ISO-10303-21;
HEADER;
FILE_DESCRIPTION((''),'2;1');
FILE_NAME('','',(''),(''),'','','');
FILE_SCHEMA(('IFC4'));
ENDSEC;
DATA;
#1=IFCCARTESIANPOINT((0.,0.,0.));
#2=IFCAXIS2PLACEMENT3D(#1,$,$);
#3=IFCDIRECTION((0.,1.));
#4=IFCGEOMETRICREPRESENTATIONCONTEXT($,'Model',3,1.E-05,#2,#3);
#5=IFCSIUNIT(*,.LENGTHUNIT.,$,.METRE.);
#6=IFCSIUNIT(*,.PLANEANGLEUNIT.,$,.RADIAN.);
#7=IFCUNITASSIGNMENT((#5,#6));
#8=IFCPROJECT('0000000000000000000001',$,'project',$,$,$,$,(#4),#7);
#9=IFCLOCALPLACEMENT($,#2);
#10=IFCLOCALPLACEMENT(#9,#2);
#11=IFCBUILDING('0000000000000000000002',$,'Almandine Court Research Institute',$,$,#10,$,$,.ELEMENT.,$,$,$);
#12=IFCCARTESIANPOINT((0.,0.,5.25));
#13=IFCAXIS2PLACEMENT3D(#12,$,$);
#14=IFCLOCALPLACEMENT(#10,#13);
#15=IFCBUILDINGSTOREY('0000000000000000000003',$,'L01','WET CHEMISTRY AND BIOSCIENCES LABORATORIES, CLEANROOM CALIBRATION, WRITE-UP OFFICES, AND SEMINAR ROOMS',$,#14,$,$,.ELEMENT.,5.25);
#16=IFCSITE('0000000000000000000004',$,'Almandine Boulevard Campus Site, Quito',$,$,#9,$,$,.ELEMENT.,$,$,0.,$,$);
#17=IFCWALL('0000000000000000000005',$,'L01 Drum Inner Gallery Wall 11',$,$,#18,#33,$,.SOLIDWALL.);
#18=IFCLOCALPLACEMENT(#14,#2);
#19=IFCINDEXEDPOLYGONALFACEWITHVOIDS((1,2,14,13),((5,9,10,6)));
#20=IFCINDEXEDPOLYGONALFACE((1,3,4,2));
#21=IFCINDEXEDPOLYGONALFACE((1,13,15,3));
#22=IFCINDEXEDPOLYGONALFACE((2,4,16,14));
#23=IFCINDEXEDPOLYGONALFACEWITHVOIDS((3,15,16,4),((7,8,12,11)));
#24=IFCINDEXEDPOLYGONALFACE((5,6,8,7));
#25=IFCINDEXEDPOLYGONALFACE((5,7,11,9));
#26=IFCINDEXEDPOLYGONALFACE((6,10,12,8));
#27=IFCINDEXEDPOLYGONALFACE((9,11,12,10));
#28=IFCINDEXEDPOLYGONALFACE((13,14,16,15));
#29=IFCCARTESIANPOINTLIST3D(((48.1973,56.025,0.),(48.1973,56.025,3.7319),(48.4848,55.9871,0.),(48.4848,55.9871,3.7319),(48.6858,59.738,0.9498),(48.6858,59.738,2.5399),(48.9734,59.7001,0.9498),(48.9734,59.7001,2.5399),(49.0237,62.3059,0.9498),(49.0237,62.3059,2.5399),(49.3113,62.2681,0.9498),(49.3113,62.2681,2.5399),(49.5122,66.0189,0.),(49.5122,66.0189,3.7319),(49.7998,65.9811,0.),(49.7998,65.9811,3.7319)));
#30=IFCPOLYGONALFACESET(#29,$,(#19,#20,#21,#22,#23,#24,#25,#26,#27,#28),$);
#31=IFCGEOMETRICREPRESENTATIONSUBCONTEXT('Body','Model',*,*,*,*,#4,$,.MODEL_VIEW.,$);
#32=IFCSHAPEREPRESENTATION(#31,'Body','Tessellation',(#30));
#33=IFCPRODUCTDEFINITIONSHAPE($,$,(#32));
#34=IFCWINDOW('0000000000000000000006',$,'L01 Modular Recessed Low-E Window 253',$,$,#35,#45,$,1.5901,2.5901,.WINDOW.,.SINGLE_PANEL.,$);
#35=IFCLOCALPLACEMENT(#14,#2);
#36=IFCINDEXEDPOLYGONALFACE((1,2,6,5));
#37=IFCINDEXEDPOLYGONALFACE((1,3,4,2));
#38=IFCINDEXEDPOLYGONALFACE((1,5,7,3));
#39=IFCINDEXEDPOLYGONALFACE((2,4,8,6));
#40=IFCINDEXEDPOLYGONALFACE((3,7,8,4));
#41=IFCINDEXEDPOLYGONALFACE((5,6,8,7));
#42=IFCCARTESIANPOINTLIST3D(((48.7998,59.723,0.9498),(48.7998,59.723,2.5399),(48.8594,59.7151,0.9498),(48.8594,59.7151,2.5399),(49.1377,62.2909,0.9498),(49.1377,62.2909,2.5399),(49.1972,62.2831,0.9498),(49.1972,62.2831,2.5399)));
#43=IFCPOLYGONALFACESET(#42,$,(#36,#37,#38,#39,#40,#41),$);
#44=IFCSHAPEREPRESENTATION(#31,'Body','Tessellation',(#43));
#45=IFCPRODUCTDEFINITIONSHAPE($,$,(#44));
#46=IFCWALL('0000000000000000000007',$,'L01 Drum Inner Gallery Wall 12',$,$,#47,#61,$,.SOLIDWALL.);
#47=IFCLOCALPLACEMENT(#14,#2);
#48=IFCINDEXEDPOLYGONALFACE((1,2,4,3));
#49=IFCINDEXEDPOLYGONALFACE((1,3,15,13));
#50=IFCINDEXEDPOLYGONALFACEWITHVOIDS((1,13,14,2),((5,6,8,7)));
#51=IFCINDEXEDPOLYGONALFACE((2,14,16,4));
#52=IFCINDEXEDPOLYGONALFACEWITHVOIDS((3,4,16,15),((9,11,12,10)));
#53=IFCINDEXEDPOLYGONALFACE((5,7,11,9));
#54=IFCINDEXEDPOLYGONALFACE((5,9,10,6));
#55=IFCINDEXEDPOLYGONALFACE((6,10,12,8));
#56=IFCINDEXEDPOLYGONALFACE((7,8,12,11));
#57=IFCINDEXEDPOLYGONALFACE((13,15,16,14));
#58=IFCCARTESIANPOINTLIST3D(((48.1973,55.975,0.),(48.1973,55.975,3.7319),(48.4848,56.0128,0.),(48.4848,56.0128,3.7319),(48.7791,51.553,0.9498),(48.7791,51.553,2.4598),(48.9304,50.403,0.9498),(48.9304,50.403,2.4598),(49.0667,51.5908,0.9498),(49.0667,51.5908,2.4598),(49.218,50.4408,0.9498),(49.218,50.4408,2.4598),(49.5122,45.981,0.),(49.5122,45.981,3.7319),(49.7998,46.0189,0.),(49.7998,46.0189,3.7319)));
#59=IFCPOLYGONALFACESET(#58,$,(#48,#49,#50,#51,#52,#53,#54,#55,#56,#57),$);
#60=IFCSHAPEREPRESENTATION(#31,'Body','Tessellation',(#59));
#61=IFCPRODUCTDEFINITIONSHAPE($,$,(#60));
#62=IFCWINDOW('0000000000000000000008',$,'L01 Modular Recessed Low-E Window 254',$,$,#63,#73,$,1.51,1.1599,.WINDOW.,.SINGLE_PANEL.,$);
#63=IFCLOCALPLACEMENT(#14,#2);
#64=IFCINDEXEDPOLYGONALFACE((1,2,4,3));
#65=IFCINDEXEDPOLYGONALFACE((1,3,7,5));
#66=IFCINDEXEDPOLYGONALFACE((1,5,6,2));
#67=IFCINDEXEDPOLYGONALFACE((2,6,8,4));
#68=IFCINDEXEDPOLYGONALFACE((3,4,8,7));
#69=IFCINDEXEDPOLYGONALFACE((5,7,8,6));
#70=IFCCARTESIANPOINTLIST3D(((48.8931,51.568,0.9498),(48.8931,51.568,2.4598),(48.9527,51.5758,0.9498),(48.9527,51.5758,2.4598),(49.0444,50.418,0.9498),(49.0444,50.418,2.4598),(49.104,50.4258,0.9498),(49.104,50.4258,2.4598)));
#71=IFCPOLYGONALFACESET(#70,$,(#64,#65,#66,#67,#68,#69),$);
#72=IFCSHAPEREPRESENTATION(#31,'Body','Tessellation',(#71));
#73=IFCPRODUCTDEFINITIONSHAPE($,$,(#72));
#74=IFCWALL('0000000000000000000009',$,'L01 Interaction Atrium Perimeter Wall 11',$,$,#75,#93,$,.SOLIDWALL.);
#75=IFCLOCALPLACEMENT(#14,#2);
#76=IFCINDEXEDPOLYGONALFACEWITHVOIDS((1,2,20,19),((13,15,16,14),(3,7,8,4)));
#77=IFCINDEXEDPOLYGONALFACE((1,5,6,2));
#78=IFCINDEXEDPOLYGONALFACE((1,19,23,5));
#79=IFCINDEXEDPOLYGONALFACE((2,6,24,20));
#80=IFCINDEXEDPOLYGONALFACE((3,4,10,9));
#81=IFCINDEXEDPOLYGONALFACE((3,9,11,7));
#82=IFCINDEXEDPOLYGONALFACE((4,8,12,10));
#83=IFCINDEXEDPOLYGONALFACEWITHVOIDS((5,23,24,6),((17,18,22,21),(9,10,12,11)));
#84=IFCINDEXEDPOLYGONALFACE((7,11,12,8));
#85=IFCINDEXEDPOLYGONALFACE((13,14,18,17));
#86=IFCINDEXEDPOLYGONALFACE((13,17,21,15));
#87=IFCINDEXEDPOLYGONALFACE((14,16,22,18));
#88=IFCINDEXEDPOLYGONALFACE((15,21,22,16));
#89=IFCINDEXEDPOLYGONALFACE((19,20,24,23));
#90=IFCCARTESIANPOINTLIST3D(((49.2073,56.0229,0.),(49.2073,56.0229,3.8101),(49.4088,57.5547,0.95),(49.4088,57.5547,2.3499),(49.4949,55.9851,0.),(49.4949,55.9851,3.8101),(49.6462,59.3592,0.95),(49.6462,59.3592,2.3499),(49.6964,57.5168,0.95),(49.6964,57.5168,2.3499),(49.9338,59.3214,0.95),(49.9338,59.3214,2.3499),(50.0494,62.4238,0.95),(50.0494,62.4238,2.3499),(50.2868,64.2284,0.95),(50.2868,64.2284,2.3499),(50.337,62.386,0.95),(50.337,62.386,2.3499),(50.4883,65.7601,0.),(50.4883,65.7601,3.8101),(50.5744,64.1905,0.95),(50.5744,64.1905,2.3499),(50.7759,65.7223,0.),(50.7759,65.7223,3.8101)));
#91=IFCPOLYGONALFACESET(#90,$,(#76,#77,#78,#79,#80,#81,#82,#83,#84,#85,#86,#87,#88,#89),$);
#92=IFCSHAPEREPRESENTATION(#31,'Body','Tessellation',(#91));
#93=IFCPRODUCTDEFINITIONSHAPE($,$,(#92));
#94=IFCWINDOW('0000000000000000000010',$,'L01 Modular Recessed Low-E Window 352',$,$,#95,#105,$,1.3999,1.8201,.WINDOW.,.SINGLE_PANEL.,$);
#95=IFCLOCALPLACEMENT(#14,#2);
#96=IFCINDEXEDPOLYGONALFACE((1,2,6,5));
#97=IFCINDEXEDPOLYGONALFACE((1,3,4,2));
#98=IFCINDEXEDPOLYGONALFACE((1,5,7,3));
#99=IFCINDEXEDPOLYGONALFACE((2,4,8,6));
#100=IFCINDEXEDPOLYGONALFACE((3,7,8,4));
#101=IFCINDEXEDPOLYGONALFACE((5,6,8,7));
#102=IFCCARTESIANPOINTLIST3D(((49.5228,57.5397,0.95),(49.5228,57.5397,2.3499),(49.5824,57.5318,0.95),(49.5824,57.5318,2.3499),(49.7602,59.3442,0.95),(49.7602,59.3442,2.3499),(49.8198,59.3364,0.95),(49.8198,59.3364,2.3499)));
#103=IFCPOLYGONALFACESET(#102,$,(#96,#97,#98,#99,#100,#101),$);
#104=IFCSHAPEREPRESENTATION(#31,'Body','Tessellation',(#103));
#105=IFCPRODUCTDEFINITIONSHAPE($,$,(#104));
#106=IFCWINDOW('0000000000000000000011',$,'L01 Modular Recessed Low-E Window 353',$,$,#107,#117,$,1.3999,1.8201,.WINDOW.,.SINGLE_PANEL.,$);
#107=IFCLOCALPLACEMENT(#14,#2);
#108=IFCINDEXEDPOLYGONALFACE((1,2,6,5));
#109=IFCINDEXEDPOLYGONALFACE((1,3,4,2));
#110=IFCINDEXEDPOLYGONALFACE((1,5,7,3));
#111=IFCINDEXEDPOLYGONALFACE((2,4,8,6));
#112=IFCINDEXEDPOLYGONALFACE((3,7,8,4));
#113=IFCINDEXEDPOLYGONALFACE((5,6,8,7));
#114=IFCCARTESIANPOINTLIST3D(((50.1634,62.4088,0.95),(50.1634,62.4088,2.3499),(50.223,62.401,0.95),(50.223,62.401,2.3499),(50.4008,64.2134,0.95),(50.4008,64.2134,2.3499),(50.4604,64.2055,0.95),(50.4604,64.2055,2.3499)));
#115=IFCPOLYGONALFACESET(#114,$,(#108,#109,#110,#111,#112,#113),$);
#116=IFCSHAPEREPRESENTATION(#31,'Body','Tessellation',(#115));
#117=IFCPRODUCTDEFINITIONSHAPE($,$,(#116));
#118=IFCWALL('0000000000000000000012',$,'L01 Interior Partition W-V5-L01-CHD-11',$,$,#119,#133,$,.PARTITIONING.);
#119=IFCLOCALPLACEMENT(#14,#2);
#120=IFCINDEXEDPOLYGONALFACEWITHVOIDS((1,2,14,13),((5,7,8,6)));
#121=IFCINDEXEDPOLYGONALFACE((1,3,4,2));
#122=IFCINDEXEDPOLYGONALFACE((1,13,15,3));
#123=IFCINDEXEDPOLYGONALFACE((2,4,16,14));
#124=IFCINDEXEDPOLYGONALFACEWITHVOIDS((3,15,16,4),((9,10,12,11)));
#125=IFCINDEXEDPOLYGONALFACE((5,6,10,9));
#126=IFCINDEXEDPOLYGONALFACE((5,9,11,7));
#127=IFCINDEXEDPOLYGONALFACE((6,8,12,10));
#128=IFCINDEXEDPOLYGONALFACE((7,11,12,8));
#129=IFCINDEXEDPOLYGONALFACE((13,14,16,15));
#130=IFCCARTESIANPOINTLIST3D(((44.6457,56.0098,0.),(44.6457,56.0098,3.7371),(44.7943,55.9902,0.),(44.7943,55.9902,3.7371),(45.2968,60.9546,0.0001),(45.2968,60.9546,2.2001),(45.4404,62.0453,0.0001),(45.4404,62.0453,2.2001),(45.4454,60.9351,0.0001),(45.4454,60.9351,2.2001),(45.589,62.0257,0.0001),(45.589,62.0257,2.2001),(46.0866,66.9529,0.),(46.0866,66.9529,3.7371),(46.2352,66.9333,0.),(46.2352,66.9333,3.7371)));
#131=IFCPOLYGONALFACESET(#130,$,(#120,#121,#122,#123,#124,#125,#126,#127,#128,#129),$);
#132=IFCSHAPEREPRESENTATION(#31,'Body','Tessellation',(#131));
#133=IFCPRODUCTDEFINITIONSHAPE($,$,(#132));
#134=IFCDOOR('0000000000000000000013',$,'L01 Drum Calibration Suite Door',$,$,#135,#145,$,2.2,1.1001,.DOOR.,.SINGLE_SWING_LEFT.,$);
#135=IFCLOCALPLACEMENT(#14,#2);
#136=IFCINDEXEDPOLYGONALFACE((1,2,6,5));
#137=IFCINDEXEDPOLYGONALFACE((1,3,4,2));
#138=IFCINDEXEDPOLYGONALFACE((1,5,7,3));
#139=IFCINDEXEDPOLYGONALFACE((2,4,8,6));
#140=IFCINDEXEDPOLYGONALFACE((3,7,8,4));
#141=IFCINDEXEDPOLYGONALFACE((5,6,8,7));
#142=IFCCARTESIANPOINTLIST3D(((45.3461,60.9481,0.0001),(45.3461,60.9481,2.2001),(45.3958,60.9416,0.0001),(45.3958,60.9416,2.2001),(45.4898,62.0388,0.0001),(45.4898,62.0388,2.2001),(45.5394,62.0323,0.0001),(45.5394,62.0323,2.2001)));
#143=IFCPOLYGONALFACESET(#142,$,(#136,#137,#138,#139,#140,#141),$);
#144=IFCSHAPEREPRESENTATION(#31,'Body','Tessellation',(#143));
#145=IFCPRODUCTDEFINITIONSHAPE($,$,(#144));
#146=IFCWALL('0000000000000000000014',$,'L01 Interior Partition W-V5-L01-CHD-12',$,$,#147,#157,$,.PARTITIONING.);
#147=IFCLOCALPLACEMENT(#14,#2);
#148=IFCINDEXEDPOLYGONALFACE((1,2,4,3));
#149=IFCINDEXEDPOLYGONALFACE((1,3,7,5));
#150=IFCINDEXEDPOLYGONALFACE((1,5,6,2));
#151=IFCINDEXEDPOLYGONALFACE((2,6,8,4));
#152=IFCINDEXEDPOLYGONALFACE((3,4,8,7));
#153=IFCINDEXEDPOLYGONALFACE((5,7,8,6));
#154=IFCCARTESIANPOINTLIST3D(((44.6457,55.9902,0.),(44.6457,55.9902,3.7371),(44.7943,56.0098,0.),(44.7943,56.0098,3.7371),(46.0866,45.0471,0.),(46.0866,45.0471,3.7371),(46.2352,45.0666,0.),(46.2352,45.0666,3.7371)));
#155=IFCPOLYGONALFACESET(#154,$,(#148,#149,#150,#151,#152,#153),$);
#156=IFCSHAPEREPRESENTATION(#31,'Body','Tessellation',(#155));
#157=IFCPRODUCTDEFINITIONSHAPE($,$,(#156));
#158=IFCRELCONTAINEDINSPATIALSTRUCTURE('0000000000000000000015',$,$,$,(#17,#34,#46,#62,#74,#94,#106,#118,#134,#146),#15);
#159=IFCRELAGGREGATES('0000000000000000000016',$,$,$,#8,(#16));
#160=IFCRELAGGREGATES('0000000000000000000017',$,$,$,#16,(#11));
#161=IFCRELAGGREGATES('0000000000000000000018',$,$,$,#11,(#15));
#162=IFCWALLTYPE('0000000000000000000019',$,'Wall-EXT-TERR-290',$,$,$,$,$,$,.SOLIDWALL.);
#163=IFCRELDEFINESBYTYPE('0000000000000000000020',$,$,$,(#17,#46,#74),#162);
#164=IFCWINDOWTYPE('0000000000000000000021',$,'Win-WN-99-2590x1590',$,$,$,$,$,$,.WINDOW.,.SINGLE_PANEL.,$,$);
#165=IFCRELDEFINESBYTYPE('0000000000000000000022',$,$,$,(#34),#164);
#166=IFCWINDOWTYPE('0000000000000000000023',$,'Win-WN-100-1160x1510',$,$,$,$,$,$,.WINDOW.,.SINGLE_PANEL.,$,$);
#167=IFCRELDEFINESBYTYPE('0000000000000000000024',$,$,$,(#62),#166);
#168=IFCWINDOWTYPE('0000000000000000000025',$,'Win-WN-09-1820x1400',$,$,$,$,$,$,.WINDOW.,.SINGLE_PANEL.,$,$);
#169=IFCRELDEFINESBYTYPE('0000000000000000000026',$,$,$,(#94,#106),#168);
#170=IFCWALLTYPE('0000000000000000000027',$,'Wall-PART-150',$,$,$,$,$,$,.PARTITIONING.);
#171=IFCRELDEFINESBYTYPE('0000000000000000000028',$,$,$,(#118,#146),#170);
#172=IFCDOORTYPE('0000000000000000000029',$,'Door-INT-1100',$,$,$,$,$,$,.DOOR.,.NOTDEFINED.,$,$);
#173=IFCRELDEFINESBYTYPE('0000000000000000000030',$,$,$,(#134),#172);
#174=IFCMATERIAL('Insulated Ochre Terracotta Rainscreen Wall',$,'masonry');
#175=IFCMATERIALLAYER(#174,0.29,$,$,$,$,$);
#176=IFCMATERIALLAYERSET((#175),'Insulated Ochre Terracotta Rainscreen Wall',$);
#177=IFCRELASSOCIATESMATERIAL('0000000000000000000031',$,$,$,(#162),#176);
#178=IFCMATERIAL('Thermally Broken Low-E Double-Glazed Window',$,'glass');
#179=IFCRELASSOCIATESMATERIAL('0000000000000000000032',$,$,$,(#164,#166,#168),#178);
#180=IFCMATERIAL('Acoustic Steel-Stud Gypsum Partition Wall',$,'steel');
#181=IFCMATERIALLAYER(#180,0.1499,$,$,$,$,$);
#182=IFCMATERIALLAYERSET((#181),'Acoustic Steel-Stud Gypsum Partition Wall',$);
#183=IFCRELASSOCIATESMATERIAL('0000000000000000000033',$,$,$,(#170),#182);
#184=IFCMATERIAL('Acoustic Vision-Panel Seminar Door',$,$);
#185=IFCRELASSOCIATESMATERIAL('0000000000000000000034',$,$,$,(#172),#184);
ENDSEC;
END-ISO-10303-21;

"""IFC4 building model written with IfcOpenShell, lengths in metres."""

from ifc_helpers import new_model, si_unit, direction, frame, frame_2d, origin, place, context, subcontext, project, spatial, rectangle, extrude, material, layer, layer_set, type_object, element, fill, save


model = new_model("IFC4")

# Units and contexts
model_context = context("Model", 3, precision=1e-05, world=origin(), true_north=direction((0.0, 1.0)))
body_context = subcontext(model_context, "Body", "Model", "MODEL_VIEW")
ifc_project = project(units=[si_unit("LENGTHUNIT", "METRE"), si_unit("PLANEANGLEUNIT", "RADIAN")], contexts=[model_context])

# Site, building, storey
site_placement = place(None, origin())
site = spatial("IfcSite", under=ifc_project, at=site_placement, Name="Almandine Boulevard Campus Site, Quito", CompositionType="ELEMENT", RefElevation=0.0)
building_placement = place(site_placement, origin())
building = spatial("IfcBuilding", under=site, at=building_placement, Name="Almandine Court Research Institute", CompositionType="ELEMENT")
storey_placement = place(building_placement, frame((0.0, 0.0, 5.25)))
storey = spatial("IfcBuildingStorey", under=building, at=storey_placement, Name="L01", Description="WET CHEMISTRY AND BIOSCIENCES LABORATORIES, CLEANROOM CALIBRATION, WRITE-UP OFFICES, AND SEMINAR ROOMS", CompositionType="ELEMENT", Elevation=5.25)

# Walls, openings, windows
ifc_material_1 = material(Name="Insulated Ochre Terracotta Rainscreen Wall", Category="masonry")
ifc_layer_1 = layer(ifc_material_1, 0.29)
ifc_layer_set_1 = layer_set([ifc_layer_1], Name="Insulated Ochre Terracotta Rainscreen Wall")
wall_type_1 = type_object("IfcWallType", Name="Wall-EXT-TERR-290", PredefinedType="SOLIDWALL", material=ifc_layer_set_1)
wall_1_placement = place(storey_placement, frame((49.656, 66.0, 0.0), z_axis=(0.0, 0.0, 1.0), x_axis=(-0.13045, -0.991455, 0.0)))
wall_1 = element("IfcWall", 1, at=wall_1_placement, inside=storey, type_object=wall_type_1, Name="L01 Drum Inner Gallery Wall 11", PredefinedType="SOLIDWALL", context=body_context, shape_type="SweptSolid", body=[
    extrude(rectangle(XDim=10.0801, YDim=0.29, at=frame_2d((5.04, 0.0))), origin(), (0.0, 0.0, 1.0), 3.7319),
])
opening_1_placement = place(wall_1_placement, frame((3.7451, 0.0, 0.95)))
opening_1 = element("IfcOpeningElement", 2, at=opening_1_placement, cuts=wall_1, PredefinedType="OPENING", context=body_context, shape_type="SweptSolid", body=[
    extrude(rectangle(XDim=2.5901, YDim=1.5901, at=frame_2d((1.2949, 0.7949))), frame((0.0, 0.155, 0.0), z_axis=(0.0, -1.0, 0.0), x_axis=(1.0, 0.0, 0.0)), (0.0, 0.0, 1.0), 0.3101),
])
ifc_material_2 = material(Name="Thermally Broken Low-E Double-Glazed Window", Category="glass")
window_type_1 = type_object("IfcWindowType", Name="Win-WN-99-2590x1590", PartitioningType="SINGLE_PANEL", PredefinedType="WINDOW", material=ifc_material_2)
window_1_placement = place(opening_1_placement, origin())
window_1 = element("IfcWindow", 3, at=window_1_placement, inside=storey, type_object=window_type_1, Name="L01 Modular Recessed Low-E Window 253", OverallHeight=1.5901, OverallWidth=2.5901, PartitioningType="SINGLE_PANEL", PredefinedType="WINDOW", context=body_context, shape_type="SweptSolid", body=[
    extrude(rectangle(XDim=2.5901, YDim=1.5901, at=frame_2d((1.2949, 0.7949))), frame((0.0, 0.03, 0.0), z_axis=(0.0, -1.0, 0.0), x_axis=(1.0, 0.0, 0.0)), (0.0, 0.0, 1.0), 0.0601),
])
fill(opening_1, window_1)
wall_2_placement = place(storey_placement, frame((48.3411, 55.9939, 0.0), z_axis=(0.0, 0.0, 1.0), x_axis=(0.13045, -0.991455, 0.0)))
wall_2 = element("IfcWall", 4, at=wall_2_placement, inside=storey, type_object=wall_type_1, Name="L01 Drum Inner Gallery Wall 12", PredefinedType="SOLIDWALL", context=body_context, shape_type="SweptSolid", body=[
    extrude(rectangle(XDim=10.0801, YDim=0.29, at=frame_2d((5.04, 0.0))), origin(), (0.0, 0.0, 1.0), 3.7319),
])
opening_2_placement = place(wall_2_placement, frame((4.46, 0.0, 0.95)))
opening_2 = element("IfcOpeningElement", 5, at=opening_2_placement, cuts=wall_2, PredefinedType="OPENING", context=body_context, shape_type="SweptSolid", body=[
    extrude(rectangle(XDim=1.1599, YDim=1.51, at=frame_2d((0.5801, 0.7549))), frame((0.0, 0.155, 0.0), z_axis=(0.0, -1.0, 0.0), x_axis=(1.0, 0.0, 0.0)), (0.0, 0.0, 1.0), 0.3101),
])
window_type_2 = type_object("IfcWindowType", Name="Win-WN-100-1160x1510", PartitioningType="SINGLE_PANEL", PredefinedType="WINDOW", material=ifc_material_2)
window_2_placement = place(opening_2_placement, origin())
window_2 = element("IfcWindow", 6, at=window_2_placement, inside=storey, type_object=window_type_2, Name="L01 Modular Recessed Low-E Window 254", OverallHeight=1.51, OverallWidth=1.1599, PartitioningType="SINGLE_PANEL", PredefinedType="WINDOW", context=body_context, shape_type="SweptSolid", body=[
    extrude(rectangle(XDim=1.1599, YDim=1.51, at=frame_2d((0.5801, 0.7549))), frame((0.0, 0.03, 0.0), z_axis=(0.0, -1.0, 0.0), x_axis=(1.0, 0.0, 0.0)), (0.0, 0.0, 1.0), 0.0601),
])
fill(opening_2, window_2)

# Wall, openings, windows
wall_3_placement = place(storey_placement, frame((49.3511, 56.0039, 0.0), z_axis=(0.0, 0.0, 1.0), x_axis=(0.130436, 0.991457, 0.0)))
wall_3 = element("IfcWall", 7, at=wall_3_placement, inside=storey, type_object=wall_type_1, Name="L01 Interaction Atrium Perimeter Wall 11", PredefinedType="SOLIDWALL", context=body_context, shape_type="SweptSolid", body=[
    extrude(rectangle(XDim=9.821, YDim=0.29, at=frame_2d((4.9106, 0.0))), origin(), (0.0, 0.0, 1.0), 3.8101),
])
opening_3_placement = place(wall_3_placement, frame((1.5449, 0.0, 0.95)))
opening_3 = element("IfcOpeningElement", 8, at=opening_3_placement, cuts=wall_3, PredefinedType="OPENING", context=body_context, shape_type="SweptSolid", body=[
    extrude(rectangle(XDim=1.8201, YDim=1.3999, at=frame_2d((0.9102, 0.7))), frame((0.0, 0.155, 0.0), z_axis=(0.0, -1.0, 0.0), x_axis=(1.0, 0.0, 0.0)), (0.0, 0.0, 1.0), 0.3101),
])
opening_4_placement = place(wall_3_placement, frame((6.4561, 0.0, 0.95)))
opening_4 = element("IfcOpeningElement", 9, at=opening_4_placement, cuts=wall_3, PredefinedType="OPENING", context=body_context, shape_type="SweptSolid", body=[
    extrude(rectangle(XDim=1.8201, YDim=1.3999, at=frame_2d((0.9102, 0.7))), frame((0.0, 0.155, 0.0), z_axis=(0.0, -1.0, 0.0), x_axis=(1.0, 0.0, 0.0)), (0.0, 0.0, 1.0), 0.3101),
])
window_type_3 = type_object("IfcWindowType", Name="Win-WN-09-1820x1400", PartitioningType="SINGLE_PANEL", PredefinedType="WINDOW", material=ifc_material_2)
window_3_placement = place(opening_3_placement, origin())
window_3 = element("IfcWindow", 10, at=window_3_placement, inside=storey, type_object=window_type_3, Name="L01 Modular Recessed Low-E Window 352", OverallHeight=1.3999, OverallWidth=1.8201, PartitioningType="SINGLE_PANEL", PredefinedType="WINDOW", context=body_context, shape_type="SweptSolid", body=[
    extrude(rectangle(XDim=1.8201, YDim=1.3999, at=frame_2d((0.9102, 0.7))), frame((0.0, 0.03, 0.0), z_axis=(0.0, -1.0, 0.0), x_axis=(1.0, 0.0, 0.0)), (0.0, 0.0, 1.0), 0.0601),
])
fill(opening_3, window_3)
window_4_placement = place(opening_4_placement, origin())
window_4 = element("IfcWindow", 11, at=window_4_placement, inside=storey, type_object=window_type_3, Name="L01 Modular Recessed Low-E Window 353", OverallHeight=1.3999, OverallWidth=1.8201, PartitioningType="SINGLE_PANEL", PredefinedType="WINDOW", context=body_context, shape_type="SweptSolid", body=[
    extrude(rectangle(XDim=1.8201, YDim=1.3999, at=frame_2d((0.9102, 0.7))), frame((0.0, 0.03, 0.0), z_axis=(0.0, -1.0, 0.0), x_axis=(1.0, 0.0, 0.0)), (0.0, 0.0, 1.0), 0.0601),
])
fill(opening_4, window_4)

# Wall, opening, door
ifc_material_3 = material(Name="Acoustic Steel-Stud Gypsum Partition Wall", Category="steel")
ifc_layer_2 = layer(ifc_material_3, 0.1499)
ifc_layer_set_2 = layer_set([ifc_layer_2], Name="Acoustic Steel-Stud Gypsum Partition Wall")
wall_type_2 = type_object("IfcWallType", Name="Wall-PART-150", PredefinedType="PARTITIONING", material=ifc_layer_set_2)
wall_4_placement = place(storey_placement, frame((46.1609, 66.9431, 0.0), z_axis=(0.0, 0.0, 1.0), x_axis=(-0.130547, -0.991442, 0.0)))
wall_4 = element("IfcWall", 12, at=wall_4_placement, inside=storey, type_object=wall_type_2, Name="L01 Interior Partition W-V5-L01-CHD-11", PredefinedType="PARTITIONING", context=body_context, shape_type="SweptSolid", body=[
    extrude(rectangle(XDim=11.0376, YDim=0.1499, at=frame_2d((5.5188, 0.0))), origin(), (0.0, 0.0, 1.0), 3.7371),
])
opening_5_placement = place(wall_4_placement, frame((4.95, 0.0, 0.0)))
opening_5 = element("IfcOpeningElement", 13, at=opening_5_placement, cuts=wall_4, PredefinedType="OPENING", context=body_context, shape_type="SweptSolid", body=[
    extrude(rectangle(XDim=1.1001, YDim=2.2, at=frame_2d((0.55, 1.1001))), frame((0.0, 0.085, 0.0), z_axis=(0.0, -1.0, 0.0), x_axis=(1.0, 0.0, 0.0)), (0.0, 0.0, 1.0), 0.1699),
])
ifc_material_4 = material(Name="Acoustic Vision-Panel Seminar Door")
door_type = type_object("IfcDoorType", Name="Door-INT-1100", OperationType="NOTDEFINED", PredefinedType="DOOR", material=ifc_material_4)
door_placement = place(opening_5_placement, origin())
door = element("IfcDoor", 14, at=door_placement, inside=storey, type_object=door_type, Name="L01 Drum Calibration Suite Door", OperationType="SINGLE_SWING_LEFT", OverallHeight=2.2, OverallWidth=1.1001, PredefinedType="DOOR", context=body_context, shape_type="SweptSolid", body=[
    extrude(rectangle(XDim=1.1001, YDim=2.2, at=frame_2d((0.55, 1.1001))), frame((0.0, 0.0249, 0.0), z_axis=(0.0, -1.0, 0.0), x_axis=(1.0, 0.0, 0.0)), (0.0, 0.0, 1.0), 0.05),
])
fill(opening_5, door)

# Wall
wall_5_placement = place(storey_placement, frame((44.72, 56.0, 0.0), z_axis=(0.0, 0.0, 1.0), x_axis=(0.130547, -0.991442, 0.0)))
element("IfcWall", 15, at=wall_5_placement, inside=storey, type_object=wall_type_2, Name="L01 Interior Partition W-V5-L01-CHD-12", PredefinedType="PARTITIONING", context=body_context, shape_type="SweptSolid", body=[
    extrude(rectangle(XDim=11.0376, YDim=0.1499, at=frame_2d((5.5188, 0.0))), origin(), (0.0, 0.0, 1.0), 3.7371),
])

save(model, "model.ifc")
